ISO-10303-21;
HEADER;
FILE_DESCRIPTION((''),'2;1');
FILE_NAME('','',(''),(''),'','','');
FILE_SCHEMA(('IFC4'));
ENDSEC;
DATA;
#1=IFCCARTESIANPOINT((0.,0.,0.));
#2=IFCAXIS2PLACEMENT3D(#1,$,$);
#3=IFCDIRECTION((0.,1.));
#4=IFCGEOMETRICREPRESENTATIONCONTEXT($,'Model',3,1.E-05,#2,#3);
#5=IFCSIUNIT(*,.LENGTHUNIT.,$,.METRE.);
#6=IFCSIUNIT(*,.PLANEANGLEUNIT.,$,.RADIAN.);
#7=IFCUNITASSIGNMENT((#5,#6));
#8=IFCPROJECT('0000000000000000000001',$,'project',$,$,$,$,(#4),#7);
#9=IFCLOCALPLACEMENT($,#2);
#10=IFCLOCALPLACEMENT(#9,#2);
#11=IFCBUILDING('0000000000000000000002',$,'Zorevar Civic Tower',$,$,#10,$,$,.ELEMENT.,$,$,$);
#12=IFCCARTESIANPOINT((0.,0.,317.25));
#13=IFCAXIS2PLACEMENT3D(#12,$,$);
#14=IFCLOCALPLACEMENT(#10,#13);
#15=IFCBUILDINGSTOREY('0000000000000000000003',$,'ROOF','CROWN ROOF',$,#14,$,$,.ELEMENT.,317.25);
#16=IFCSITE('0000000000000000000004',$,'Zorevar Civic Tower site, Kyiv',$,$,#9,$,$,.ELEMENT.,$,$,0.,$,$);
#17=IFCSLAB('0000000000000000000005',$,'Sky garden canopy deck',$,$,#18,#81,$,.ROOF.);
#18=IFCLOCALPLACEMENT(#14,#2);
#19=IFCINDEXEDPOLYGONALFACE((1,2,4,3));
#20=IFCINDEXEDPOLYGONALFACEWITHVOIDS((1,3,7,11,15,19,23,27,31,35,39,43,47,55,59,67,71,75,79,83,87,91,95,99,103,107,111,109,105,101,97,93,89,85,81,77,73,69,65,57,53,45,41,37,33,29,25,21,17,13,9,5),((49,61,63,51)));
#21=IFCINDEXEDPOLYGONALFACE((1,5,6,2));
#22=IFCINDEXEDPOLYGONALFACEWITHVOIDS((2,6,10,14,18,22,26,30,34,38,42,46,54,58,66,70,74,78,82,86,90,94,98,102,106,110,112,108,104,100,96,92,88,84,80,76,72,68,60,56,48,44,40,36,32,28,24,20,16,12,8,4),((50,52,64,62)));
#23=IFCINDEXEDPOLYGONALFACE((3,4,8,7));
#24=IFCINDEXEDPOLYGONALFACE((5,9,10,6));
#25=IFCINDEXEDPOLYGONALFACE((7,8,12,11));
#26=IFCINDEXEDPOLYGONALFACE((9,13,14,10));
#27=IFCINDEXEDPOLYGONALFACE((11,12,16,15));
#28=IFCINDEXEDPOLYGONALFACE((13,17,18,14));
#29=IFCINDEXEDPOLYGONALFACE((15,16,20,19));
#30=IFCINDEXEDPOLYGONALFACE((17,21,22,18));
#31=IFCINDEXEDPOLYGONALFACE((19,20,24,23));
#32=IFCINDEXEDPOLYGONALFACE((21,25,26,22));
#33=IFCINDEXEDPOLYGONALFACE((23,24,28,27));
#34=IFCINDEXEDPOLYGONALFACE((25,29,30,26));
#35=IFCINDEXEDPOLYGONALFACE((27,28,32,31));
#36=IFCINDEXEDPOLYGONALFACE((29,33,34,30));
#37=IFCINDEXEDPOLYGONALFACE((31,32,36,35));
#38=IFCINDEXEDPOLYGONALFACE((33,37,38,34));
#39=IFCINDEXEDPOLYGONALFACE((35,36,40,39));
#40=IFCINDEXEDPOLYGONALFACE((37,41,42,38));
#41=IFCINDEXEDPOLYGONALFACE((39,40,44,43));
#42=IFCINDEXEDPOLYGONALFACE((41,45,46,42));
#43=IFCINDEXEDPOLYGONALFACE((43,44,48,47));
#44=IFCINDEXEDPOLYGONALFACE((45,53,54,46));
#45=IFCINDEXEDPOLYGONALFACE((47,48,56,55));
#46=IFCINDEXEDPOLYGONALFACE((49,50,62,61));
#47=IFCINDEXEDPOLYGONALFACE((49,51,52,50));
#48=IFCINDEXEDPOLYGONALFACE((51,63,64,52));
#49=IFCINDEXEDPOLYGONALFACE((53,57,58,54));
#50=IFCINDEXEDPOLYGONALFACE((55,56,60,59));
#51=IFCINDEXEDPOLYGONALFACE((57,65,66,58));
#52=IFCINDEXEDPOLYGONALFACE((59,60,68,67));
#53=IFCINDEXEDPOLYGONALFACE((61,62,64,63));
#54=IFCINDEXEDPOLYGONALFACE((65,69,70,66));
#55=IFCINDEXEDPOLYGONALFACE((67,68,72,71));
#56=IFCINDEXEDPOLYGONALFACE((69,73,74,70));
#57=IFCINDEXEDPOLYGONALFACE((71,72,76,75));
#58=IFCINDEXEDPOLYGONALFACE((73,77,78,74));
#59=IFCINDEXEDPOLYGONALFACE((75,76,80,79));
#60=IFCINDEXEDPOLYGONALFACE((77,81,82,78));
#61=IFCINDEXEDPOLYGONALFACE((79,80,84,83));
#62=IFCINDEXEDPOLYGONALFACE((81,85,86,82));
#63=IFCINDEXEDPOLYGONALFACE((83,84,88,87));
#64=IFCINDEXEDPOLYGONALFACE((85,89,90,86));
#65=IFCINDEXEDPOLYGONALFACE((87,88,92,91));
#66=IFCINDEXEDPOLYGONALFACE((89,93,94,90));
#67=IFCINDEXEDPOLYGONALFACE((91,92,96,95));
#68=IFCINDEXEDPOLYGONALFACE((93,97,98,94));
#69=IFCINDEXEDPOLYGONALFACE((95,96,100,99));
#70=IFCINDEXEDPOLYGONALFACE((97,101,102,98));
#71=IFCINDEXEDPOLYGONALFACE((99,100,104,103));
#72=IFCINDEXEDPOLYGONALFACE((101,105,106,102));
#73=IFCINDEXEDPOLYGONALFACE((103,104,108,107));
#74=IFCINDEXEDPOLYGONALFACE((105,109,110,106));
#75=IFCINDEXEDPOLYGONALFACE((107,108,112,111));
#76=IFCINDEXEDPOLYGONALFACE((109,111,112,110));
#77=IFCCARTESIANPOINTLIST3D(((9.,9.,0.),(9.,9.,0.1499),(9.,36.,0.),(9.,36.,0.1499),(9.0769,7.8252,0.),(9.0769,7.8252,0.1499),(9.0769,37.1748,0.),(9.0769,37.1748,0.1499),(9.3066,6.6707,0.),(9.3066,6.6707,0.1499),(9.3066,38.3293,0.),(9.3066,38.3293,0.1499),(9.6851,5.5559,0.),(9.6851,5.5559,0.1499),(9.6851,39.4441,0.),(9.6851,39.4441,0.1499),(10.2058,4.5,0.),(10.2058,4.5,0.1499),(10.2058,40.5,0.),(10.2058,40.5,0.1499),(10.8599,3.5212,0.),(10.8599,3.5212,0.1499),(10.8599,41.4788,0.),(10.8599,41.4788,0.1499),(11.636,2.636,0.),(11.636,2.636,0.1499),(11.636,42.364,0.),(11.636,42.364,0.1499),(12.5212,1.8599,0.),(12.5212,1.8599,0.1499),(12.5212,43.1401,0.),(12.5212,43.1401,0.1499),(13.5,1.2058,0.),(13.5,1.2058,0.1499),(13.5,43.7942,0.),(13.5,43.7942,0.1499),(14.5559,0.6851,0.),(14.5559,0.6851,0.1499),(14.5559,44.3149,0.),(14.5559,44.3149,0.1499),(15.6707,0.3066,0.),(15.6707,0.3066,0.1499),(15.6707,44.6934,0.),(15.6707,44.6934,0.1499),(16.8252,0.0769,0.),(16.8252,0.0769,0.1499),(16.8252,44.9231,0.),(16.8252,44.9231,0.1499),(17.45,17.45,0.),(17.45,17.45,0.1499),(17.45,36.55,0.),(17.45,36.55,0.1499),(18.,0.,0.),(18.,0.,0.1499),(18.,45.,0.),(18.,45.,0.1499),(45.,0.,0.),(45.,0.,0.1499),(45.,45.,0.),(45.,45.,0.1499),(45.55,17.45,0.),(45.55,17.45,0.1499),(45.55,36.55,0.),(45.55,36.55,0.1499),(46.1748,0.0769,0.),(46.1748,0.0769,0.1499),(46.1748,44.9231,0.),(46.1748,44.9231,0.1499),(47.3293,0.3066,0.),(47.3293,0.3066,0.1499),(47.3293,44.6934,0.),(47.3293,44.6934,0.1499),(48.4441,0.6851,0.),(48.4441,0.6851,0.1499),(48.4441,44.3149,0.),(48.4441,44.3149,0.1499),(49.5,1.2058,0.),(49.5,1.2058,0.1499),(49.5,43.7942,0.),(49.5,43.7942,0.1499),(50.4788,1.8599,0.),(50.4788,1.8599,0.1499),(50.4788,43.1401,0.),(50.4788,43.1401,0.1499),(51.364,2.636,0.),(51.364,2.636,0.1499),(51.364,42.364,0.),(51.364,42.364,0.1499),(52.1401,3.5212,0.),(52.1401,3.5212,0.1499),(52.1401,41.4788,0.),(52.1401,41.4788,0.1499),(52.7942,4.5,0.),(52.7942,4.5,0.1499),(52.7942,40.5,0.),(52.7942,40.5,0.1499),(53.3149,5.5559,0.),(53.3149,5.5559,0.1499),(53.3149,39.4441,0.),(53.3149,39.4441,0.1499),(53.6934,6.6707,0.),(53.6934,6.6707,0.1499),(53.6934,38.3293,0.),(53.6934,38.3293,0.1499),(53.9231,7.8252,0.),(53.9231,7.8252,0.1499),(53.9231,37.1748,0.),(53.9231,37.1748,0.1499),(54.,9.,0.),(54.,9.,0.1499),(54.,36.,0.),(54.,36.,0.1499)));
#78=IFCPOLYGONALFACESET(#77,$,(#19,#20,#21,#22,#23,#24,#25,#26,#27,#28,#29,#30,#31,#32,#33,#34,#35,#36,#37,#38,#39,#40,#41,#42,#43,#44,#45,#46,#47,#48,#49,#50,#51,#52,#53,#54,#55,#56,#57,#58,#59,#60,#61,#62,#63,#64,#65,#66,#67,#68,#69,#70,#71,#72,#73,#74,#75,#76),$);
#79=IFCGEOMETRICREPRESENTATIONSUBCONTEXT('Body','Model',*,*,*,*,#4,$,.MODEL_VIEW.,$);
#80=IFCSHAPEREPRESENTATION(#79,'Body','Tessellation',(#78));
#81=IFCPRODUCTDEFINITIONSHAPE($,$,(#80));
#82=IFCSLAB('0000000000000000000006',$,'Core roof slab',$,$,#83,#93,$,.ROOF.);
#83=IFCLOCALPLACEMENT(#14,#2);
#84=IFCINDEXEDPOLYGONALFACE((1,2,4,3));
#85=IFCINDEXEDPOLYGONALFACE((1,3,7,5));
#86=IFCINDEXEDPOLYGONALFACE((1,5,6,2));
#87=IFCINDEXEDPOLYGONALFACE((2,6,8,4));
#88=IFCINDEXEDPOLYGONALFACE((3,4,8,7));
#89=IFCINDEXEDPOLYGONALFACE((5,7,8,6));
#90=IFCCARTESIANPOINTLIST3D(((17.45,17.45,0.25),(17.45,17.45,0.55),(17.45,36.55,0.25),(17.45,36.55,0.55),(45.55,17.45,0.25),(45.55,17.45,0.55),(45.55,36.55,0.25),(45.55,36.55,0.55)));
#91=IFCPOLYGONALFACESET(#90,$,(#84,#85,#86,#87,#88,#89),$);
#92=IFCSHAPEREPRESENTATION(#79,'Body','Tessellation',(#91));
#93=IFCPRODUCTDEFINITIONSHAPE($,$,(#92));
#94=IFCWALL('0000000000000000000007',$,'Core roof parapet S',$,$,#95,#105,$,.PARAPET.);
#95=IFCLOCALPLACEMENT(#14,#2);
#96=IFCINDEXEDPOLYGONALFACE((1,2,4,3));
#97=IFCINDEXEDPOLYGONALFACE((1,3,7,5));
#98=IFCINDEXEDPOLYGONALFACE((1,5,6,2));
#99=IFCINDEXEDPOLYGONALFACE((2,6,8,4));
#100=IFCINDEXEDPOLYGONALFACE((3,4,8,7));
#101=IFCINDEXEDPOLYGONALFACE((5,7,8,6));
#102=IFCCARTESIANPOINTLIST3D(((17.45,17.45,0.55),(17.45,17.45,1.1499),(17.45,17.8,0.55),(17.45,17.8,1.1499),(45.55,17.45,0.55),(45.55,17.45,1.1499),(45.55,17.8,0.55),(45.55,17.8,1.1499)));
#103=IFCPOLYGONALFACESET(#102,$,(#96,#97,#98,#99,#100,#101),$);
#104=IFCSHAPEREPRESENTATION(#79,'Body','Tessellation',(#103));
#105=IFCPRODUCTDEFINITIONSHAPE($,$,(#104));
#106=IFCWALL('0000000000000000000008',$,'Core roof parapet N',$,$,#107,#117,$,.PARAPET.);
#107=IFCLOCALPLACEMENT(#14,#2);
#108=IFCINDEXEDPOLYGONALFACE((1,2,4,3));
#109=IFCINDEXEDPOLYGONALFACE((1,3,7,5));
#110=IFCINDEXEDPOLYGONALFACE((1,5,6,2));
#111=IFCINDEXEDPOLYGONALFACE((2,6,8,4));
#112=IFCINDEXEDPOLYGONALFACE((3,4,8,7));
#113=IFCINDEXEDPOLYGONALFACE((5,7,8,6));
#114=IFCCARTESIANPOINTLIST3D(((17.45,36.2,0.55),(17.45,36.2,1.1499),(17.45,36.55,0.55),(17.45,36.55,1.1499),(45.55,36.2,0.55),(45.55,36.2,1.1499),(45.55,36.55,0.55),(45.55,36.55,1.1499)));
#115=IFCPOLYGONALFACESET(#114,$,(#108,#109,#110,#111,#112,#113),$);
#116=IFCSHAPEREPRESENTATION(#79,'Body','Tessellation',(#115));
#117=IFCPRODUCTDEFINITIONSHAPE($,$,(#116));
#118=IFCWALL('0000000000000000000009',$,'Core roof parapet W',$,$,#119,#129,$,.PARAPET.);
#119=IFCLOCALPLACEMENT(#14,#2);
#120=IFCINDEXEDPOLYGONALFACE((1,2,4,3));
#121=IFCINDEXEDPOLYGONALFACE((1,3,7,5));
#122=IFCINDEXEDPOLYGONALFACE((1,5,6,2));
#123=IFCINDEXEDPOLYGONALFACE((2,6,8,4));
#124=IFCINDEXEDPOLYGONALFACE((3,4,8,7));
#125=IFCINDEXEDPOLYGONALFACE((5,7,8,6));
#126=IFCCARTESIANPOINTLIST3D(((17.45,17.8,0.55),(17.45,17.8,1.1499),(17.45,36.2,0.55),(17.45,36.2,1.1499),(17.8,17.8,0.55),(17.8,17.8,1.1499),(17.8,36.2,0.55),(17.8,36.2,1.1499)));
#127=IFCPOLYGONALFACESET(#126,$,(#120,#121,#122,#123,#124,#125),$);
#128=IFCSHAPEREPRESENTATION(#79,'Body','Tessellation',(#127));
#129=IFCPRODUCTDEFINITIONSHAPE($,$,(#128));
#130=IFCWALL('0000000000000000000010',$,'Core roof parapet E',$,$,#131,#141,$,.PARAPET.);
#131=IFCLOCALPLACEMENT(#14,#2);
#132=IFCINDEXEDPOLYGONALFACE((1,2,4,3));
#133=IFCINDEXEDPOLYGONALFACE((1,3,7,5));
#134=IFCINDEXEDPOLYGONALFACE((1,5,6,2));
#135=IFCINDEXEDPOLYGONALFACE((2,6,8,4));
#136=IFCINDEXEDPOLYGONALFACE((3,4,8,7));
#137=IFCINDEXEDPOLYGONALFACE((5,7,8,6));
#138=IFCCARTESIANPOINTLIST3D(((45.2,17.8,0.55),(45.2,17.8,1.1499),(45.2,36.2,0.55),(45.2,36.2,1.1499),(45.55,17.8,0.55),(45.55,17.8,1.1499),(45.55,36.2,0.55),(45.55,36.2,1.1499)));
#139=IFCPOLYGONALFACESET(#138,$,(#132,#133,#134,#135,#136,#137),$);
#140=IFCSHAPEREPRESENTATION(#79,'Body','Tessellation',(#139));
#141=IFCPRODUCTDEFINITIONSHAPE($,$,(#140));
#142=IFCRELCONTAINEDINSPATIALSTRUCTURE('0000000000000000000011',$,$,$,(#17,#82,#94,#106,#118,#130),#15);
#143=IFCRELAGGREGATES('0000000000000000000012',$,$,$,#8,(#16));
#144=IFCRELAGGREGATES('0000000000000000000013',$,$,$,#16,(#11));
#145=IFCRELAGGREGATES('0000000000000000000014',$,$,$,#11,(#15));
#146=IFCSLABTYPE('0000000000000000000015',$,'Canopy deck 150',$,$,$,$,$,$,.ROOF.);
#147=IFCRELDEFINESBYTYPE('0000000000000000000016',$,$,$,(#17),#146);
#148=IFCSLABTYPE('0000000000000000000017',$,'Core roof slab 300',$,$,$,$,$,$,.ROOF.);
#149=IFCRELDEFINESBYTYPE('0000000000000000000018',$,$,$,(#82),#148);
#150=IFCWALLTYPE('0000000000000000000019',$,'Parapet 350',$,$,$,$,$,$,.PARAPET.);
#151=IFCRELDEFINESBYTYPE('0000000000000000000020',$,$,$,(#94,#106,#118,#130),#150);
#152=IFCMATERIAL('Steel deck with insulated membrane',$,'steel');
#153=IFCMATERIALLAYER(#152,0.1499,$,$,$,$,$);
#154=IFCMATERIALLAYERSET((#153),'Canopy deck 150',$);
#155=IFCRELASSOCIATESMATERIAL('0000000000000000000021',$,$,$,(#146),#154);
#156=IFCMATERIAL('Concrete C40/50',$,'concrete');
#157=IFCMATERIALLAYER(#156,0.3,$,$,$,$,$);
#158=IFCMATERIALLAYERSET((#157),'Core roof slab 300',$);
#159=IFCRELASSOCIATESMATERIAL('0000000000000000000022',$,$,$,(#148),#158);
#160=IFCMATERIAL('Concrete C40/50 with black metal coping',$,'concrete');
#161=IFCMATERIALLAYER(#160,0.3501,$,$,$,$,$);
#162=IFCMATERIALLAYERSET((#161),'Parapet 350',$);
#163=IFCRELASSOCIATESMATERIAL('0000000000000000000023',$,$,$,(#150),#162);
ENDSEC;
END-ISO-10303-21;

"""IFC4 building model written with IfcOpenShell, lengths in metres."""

from ifc_helpers import new_model, si_unit, direction, frame, frame_2d, origin, place, context, subcontext, project, spatial, polyline, rectangle, outline, extrude, material, layer, layer_set, type_object, element, save


model = new_model("IFC4")

# Units and contexts
model_context = context("Model", 3, precision=1e-05, world=origin(), true_north=direction((0.0, 1.0)))
body_context = subcontext(model_context, "Body", "Model", "MODEL_VIEW")
ifc_project = project(units=[si_unit("LENGTHUNIT", "METRE"), si_unit("PLANEANGLEUNIT", "RADIAN")], contexts=[model_context])

# Site, building, storey
site_placement = place(None, origin())
site = spatial("IfcSite", under=ifc_project, at=site_placement, Name="Zorevar Civic Tower site, Kyiv", CompositionType="ELEMENT", RefElevation=0.0)
building_placement = place(site_placement, origin())
building = spatial("IfcBuilding", under=site, at=building_placement, Name="Zorevar Civic Tower", CompositionType="ELEMENT")
storey_placement = place(building_placement, frame((0.0, 0.0, 317.25)))
storey = spatial("IfcBuildingStorey", under=building, at=storey_placement, Name="ROOF", Description="CROWN ROOF", CompositionType="ELEMENT", Elevation=317.25)

# Slabs
ifc_material_1 = material(Name="Steel deck with insulated membrane", Category="steel")
ifc_layer_1 = layer(ifc_material_1, 0.1499)
ifc_layer_set_1 = layer_set([ifc_layer_1], Name="Canopy deck 150")
slab_type_1 = type_object("IfcSlabType", Name="Canopy deck 150", PredefinedType="ROOF", material=ifc_layer_set_1)
slab_1_placement = place(storey_placement, origin())
element("IfcSlab", 1, at=slab_1_placement, inside=storey, type_object=slab_type_1, Name="Sky garden canopy deck", PredefinedType="ROOF", context=body_context, shape_type="SweptSolid", body=[
    extrude(outline(polyline([(45.0, 0.0), (18.0, 0.0), (16.8252, 0.0769), (15.6707, 0.3066), (14.5559, 0.6851), (13.5, 1.2058), (12.5212, 1.8599), (11.636, 2.636), (10.8599, 3.5212), (10.2058, 4.5), (9.6851, 5.5559), (9.3066, 6.6707), (9.0769, 7.8252), (9.0, 9.0), (9.0, 36.0), (9.0769, 37.1748), (9.3066, 38.3293), (9.6851, 39.4441), (10.2058, 40.5), (10.8599, 41.4788), (11.636, 42.364), (12.5212, 43.1401), (13.5, 43.7942), (14.5559, 44.3149), (15.6707, 44.6934), (16.8252, 44.9231), (18.0, 45.0), (45.0, 45.0), (46.1748, 44.9231), (47.3293, 44.6934), (48.4441, 44.3149), (49.5, 43.7942), (50.4788, 43.1401), (51.364, 42.364), (52.1401, 41.4788), (52.7942, 40.5), (53.3149, 39.4441), (53.6934, 38.3293), (53.9231, 37.1748), (54.0, 36.0), (54.0, 9.0), (53.9231, 7.8252), (53.6934, 6.6707), (53.3149, 5.5559), (52.7942, 4.5), (52.1401, 3.5212), (51.364, 2.636), (50.4788, 1.8599), (49.5, 1.2058), (48.4441, 0.6851), (47.3293, 0.3066), (46.1748, 0.0769), (45.0, 0.0)]), holes=[polyline([(17.45, 17.45), (45.55, 17.45), (45.55, 36.55), (17.45, 36.55), (17.45, 17.45)])]), origin(), (0.0, 0.0, 1.0), 0.1499),
])
ifc_material_2 = material(Name="Concrete C40/50", Category="concrete")
ifc_layer_2 = layer(ifc_material_2, 0.3)
ifc_layer_set_2 = layer_set([ifc_layer_2], Name="Core roof slab 300")
slab_type_2 = type_object("IfcSlabType", Name="Core roof slab 300", PredefinedType="ROOF", material=ifc_layer_set_2)
slab_2_placement = place(storey_placement, frame((0.0, 0.0, 0.25)))
element("IfcSlab", 2, at=slab_2_placement, inside=storey, type_object=slab_type_2, Name="Core roof slab", PredefinedType="ROOF", context=body_context, shape_type="SweptSolid", body=[
    extrude(outline(polyline([(17.45, 17.45), (45.55, 17.45), (45.55, 36.55), (17.45, 36.55), (17.45, 17.45)])), origin(), (0.0, 0.0, 1.0), 0.3),
])

# Walls
ifc_material_3 = material(Name="Concrete C40/50 with black metal coping", Category="concrete")
ifc_layer_3 = layer(ifc_material_3, 0.3501)
ifc_layer_set_3 = layer_set([ifc_layer_3], Name="Parapet 350")
wall_type = type_object("IfcWallType", Name="Parapet 350", PredefinedType="PARAPET", material=ifc_layer_set_3)
for number, where, z_axis, x_axis, name in (
    (3, (17.45, 17.625, 0.55), (0.0, 0.0, 1.0), (1.0, 0.0, 0.0), "Core roof parapet S"),
    (4, (17.45, 36.375, 0.55), (0.0, 0.0, 1.0), (1.0, 0.0, 0.0), "Core roof parapet N"),
):
    element("IfcWall", number, at=place(storey_placement, frame(where, z_axis=z_axis, x_axis=x_axis)), inside=storey, type_object=wall_type, Name=name, PredefinedType="PARAPET", context=body_context, shape_type="SweptSolid", body=[
        extrude(rectangle(XDim=28.1001, YDim=0.3501, at=frame_2d((14.05, 0.0))), origin(), (0.0, 0.0, 1.0), 0.5999),
    ])
for number, where, z_axis, x_axis, name in (
    (5, (17.625, 17.8, 0.55), (0.0, 0.0, 1.0), (0.0, 1.0, 0.0), "Core roof parapet W"),
    (6, (45.375, 17.8, 0.55), (0.0, 0.0, 1.0), (0.0, 1.0, 0.0), "Core roof parapet E"),
):
    element("IfcWall", number, at=place(storey_placement, frame(where, z_axis=z_axis, x_axis=x_axis)), inside=storey, type_object=wall_type, Name=name, PredefinedType="PARAPET", context=body_context, shape_type="SweptSolid", body=[
        extrude(rectangle(XDim=18.3999, YDim=0.3501, at=frame_2d((9.2, 0.0))), origin(), (0.0, 0.0, 1.0), 0.5999),
    ])

save(model, "model.ifc")
